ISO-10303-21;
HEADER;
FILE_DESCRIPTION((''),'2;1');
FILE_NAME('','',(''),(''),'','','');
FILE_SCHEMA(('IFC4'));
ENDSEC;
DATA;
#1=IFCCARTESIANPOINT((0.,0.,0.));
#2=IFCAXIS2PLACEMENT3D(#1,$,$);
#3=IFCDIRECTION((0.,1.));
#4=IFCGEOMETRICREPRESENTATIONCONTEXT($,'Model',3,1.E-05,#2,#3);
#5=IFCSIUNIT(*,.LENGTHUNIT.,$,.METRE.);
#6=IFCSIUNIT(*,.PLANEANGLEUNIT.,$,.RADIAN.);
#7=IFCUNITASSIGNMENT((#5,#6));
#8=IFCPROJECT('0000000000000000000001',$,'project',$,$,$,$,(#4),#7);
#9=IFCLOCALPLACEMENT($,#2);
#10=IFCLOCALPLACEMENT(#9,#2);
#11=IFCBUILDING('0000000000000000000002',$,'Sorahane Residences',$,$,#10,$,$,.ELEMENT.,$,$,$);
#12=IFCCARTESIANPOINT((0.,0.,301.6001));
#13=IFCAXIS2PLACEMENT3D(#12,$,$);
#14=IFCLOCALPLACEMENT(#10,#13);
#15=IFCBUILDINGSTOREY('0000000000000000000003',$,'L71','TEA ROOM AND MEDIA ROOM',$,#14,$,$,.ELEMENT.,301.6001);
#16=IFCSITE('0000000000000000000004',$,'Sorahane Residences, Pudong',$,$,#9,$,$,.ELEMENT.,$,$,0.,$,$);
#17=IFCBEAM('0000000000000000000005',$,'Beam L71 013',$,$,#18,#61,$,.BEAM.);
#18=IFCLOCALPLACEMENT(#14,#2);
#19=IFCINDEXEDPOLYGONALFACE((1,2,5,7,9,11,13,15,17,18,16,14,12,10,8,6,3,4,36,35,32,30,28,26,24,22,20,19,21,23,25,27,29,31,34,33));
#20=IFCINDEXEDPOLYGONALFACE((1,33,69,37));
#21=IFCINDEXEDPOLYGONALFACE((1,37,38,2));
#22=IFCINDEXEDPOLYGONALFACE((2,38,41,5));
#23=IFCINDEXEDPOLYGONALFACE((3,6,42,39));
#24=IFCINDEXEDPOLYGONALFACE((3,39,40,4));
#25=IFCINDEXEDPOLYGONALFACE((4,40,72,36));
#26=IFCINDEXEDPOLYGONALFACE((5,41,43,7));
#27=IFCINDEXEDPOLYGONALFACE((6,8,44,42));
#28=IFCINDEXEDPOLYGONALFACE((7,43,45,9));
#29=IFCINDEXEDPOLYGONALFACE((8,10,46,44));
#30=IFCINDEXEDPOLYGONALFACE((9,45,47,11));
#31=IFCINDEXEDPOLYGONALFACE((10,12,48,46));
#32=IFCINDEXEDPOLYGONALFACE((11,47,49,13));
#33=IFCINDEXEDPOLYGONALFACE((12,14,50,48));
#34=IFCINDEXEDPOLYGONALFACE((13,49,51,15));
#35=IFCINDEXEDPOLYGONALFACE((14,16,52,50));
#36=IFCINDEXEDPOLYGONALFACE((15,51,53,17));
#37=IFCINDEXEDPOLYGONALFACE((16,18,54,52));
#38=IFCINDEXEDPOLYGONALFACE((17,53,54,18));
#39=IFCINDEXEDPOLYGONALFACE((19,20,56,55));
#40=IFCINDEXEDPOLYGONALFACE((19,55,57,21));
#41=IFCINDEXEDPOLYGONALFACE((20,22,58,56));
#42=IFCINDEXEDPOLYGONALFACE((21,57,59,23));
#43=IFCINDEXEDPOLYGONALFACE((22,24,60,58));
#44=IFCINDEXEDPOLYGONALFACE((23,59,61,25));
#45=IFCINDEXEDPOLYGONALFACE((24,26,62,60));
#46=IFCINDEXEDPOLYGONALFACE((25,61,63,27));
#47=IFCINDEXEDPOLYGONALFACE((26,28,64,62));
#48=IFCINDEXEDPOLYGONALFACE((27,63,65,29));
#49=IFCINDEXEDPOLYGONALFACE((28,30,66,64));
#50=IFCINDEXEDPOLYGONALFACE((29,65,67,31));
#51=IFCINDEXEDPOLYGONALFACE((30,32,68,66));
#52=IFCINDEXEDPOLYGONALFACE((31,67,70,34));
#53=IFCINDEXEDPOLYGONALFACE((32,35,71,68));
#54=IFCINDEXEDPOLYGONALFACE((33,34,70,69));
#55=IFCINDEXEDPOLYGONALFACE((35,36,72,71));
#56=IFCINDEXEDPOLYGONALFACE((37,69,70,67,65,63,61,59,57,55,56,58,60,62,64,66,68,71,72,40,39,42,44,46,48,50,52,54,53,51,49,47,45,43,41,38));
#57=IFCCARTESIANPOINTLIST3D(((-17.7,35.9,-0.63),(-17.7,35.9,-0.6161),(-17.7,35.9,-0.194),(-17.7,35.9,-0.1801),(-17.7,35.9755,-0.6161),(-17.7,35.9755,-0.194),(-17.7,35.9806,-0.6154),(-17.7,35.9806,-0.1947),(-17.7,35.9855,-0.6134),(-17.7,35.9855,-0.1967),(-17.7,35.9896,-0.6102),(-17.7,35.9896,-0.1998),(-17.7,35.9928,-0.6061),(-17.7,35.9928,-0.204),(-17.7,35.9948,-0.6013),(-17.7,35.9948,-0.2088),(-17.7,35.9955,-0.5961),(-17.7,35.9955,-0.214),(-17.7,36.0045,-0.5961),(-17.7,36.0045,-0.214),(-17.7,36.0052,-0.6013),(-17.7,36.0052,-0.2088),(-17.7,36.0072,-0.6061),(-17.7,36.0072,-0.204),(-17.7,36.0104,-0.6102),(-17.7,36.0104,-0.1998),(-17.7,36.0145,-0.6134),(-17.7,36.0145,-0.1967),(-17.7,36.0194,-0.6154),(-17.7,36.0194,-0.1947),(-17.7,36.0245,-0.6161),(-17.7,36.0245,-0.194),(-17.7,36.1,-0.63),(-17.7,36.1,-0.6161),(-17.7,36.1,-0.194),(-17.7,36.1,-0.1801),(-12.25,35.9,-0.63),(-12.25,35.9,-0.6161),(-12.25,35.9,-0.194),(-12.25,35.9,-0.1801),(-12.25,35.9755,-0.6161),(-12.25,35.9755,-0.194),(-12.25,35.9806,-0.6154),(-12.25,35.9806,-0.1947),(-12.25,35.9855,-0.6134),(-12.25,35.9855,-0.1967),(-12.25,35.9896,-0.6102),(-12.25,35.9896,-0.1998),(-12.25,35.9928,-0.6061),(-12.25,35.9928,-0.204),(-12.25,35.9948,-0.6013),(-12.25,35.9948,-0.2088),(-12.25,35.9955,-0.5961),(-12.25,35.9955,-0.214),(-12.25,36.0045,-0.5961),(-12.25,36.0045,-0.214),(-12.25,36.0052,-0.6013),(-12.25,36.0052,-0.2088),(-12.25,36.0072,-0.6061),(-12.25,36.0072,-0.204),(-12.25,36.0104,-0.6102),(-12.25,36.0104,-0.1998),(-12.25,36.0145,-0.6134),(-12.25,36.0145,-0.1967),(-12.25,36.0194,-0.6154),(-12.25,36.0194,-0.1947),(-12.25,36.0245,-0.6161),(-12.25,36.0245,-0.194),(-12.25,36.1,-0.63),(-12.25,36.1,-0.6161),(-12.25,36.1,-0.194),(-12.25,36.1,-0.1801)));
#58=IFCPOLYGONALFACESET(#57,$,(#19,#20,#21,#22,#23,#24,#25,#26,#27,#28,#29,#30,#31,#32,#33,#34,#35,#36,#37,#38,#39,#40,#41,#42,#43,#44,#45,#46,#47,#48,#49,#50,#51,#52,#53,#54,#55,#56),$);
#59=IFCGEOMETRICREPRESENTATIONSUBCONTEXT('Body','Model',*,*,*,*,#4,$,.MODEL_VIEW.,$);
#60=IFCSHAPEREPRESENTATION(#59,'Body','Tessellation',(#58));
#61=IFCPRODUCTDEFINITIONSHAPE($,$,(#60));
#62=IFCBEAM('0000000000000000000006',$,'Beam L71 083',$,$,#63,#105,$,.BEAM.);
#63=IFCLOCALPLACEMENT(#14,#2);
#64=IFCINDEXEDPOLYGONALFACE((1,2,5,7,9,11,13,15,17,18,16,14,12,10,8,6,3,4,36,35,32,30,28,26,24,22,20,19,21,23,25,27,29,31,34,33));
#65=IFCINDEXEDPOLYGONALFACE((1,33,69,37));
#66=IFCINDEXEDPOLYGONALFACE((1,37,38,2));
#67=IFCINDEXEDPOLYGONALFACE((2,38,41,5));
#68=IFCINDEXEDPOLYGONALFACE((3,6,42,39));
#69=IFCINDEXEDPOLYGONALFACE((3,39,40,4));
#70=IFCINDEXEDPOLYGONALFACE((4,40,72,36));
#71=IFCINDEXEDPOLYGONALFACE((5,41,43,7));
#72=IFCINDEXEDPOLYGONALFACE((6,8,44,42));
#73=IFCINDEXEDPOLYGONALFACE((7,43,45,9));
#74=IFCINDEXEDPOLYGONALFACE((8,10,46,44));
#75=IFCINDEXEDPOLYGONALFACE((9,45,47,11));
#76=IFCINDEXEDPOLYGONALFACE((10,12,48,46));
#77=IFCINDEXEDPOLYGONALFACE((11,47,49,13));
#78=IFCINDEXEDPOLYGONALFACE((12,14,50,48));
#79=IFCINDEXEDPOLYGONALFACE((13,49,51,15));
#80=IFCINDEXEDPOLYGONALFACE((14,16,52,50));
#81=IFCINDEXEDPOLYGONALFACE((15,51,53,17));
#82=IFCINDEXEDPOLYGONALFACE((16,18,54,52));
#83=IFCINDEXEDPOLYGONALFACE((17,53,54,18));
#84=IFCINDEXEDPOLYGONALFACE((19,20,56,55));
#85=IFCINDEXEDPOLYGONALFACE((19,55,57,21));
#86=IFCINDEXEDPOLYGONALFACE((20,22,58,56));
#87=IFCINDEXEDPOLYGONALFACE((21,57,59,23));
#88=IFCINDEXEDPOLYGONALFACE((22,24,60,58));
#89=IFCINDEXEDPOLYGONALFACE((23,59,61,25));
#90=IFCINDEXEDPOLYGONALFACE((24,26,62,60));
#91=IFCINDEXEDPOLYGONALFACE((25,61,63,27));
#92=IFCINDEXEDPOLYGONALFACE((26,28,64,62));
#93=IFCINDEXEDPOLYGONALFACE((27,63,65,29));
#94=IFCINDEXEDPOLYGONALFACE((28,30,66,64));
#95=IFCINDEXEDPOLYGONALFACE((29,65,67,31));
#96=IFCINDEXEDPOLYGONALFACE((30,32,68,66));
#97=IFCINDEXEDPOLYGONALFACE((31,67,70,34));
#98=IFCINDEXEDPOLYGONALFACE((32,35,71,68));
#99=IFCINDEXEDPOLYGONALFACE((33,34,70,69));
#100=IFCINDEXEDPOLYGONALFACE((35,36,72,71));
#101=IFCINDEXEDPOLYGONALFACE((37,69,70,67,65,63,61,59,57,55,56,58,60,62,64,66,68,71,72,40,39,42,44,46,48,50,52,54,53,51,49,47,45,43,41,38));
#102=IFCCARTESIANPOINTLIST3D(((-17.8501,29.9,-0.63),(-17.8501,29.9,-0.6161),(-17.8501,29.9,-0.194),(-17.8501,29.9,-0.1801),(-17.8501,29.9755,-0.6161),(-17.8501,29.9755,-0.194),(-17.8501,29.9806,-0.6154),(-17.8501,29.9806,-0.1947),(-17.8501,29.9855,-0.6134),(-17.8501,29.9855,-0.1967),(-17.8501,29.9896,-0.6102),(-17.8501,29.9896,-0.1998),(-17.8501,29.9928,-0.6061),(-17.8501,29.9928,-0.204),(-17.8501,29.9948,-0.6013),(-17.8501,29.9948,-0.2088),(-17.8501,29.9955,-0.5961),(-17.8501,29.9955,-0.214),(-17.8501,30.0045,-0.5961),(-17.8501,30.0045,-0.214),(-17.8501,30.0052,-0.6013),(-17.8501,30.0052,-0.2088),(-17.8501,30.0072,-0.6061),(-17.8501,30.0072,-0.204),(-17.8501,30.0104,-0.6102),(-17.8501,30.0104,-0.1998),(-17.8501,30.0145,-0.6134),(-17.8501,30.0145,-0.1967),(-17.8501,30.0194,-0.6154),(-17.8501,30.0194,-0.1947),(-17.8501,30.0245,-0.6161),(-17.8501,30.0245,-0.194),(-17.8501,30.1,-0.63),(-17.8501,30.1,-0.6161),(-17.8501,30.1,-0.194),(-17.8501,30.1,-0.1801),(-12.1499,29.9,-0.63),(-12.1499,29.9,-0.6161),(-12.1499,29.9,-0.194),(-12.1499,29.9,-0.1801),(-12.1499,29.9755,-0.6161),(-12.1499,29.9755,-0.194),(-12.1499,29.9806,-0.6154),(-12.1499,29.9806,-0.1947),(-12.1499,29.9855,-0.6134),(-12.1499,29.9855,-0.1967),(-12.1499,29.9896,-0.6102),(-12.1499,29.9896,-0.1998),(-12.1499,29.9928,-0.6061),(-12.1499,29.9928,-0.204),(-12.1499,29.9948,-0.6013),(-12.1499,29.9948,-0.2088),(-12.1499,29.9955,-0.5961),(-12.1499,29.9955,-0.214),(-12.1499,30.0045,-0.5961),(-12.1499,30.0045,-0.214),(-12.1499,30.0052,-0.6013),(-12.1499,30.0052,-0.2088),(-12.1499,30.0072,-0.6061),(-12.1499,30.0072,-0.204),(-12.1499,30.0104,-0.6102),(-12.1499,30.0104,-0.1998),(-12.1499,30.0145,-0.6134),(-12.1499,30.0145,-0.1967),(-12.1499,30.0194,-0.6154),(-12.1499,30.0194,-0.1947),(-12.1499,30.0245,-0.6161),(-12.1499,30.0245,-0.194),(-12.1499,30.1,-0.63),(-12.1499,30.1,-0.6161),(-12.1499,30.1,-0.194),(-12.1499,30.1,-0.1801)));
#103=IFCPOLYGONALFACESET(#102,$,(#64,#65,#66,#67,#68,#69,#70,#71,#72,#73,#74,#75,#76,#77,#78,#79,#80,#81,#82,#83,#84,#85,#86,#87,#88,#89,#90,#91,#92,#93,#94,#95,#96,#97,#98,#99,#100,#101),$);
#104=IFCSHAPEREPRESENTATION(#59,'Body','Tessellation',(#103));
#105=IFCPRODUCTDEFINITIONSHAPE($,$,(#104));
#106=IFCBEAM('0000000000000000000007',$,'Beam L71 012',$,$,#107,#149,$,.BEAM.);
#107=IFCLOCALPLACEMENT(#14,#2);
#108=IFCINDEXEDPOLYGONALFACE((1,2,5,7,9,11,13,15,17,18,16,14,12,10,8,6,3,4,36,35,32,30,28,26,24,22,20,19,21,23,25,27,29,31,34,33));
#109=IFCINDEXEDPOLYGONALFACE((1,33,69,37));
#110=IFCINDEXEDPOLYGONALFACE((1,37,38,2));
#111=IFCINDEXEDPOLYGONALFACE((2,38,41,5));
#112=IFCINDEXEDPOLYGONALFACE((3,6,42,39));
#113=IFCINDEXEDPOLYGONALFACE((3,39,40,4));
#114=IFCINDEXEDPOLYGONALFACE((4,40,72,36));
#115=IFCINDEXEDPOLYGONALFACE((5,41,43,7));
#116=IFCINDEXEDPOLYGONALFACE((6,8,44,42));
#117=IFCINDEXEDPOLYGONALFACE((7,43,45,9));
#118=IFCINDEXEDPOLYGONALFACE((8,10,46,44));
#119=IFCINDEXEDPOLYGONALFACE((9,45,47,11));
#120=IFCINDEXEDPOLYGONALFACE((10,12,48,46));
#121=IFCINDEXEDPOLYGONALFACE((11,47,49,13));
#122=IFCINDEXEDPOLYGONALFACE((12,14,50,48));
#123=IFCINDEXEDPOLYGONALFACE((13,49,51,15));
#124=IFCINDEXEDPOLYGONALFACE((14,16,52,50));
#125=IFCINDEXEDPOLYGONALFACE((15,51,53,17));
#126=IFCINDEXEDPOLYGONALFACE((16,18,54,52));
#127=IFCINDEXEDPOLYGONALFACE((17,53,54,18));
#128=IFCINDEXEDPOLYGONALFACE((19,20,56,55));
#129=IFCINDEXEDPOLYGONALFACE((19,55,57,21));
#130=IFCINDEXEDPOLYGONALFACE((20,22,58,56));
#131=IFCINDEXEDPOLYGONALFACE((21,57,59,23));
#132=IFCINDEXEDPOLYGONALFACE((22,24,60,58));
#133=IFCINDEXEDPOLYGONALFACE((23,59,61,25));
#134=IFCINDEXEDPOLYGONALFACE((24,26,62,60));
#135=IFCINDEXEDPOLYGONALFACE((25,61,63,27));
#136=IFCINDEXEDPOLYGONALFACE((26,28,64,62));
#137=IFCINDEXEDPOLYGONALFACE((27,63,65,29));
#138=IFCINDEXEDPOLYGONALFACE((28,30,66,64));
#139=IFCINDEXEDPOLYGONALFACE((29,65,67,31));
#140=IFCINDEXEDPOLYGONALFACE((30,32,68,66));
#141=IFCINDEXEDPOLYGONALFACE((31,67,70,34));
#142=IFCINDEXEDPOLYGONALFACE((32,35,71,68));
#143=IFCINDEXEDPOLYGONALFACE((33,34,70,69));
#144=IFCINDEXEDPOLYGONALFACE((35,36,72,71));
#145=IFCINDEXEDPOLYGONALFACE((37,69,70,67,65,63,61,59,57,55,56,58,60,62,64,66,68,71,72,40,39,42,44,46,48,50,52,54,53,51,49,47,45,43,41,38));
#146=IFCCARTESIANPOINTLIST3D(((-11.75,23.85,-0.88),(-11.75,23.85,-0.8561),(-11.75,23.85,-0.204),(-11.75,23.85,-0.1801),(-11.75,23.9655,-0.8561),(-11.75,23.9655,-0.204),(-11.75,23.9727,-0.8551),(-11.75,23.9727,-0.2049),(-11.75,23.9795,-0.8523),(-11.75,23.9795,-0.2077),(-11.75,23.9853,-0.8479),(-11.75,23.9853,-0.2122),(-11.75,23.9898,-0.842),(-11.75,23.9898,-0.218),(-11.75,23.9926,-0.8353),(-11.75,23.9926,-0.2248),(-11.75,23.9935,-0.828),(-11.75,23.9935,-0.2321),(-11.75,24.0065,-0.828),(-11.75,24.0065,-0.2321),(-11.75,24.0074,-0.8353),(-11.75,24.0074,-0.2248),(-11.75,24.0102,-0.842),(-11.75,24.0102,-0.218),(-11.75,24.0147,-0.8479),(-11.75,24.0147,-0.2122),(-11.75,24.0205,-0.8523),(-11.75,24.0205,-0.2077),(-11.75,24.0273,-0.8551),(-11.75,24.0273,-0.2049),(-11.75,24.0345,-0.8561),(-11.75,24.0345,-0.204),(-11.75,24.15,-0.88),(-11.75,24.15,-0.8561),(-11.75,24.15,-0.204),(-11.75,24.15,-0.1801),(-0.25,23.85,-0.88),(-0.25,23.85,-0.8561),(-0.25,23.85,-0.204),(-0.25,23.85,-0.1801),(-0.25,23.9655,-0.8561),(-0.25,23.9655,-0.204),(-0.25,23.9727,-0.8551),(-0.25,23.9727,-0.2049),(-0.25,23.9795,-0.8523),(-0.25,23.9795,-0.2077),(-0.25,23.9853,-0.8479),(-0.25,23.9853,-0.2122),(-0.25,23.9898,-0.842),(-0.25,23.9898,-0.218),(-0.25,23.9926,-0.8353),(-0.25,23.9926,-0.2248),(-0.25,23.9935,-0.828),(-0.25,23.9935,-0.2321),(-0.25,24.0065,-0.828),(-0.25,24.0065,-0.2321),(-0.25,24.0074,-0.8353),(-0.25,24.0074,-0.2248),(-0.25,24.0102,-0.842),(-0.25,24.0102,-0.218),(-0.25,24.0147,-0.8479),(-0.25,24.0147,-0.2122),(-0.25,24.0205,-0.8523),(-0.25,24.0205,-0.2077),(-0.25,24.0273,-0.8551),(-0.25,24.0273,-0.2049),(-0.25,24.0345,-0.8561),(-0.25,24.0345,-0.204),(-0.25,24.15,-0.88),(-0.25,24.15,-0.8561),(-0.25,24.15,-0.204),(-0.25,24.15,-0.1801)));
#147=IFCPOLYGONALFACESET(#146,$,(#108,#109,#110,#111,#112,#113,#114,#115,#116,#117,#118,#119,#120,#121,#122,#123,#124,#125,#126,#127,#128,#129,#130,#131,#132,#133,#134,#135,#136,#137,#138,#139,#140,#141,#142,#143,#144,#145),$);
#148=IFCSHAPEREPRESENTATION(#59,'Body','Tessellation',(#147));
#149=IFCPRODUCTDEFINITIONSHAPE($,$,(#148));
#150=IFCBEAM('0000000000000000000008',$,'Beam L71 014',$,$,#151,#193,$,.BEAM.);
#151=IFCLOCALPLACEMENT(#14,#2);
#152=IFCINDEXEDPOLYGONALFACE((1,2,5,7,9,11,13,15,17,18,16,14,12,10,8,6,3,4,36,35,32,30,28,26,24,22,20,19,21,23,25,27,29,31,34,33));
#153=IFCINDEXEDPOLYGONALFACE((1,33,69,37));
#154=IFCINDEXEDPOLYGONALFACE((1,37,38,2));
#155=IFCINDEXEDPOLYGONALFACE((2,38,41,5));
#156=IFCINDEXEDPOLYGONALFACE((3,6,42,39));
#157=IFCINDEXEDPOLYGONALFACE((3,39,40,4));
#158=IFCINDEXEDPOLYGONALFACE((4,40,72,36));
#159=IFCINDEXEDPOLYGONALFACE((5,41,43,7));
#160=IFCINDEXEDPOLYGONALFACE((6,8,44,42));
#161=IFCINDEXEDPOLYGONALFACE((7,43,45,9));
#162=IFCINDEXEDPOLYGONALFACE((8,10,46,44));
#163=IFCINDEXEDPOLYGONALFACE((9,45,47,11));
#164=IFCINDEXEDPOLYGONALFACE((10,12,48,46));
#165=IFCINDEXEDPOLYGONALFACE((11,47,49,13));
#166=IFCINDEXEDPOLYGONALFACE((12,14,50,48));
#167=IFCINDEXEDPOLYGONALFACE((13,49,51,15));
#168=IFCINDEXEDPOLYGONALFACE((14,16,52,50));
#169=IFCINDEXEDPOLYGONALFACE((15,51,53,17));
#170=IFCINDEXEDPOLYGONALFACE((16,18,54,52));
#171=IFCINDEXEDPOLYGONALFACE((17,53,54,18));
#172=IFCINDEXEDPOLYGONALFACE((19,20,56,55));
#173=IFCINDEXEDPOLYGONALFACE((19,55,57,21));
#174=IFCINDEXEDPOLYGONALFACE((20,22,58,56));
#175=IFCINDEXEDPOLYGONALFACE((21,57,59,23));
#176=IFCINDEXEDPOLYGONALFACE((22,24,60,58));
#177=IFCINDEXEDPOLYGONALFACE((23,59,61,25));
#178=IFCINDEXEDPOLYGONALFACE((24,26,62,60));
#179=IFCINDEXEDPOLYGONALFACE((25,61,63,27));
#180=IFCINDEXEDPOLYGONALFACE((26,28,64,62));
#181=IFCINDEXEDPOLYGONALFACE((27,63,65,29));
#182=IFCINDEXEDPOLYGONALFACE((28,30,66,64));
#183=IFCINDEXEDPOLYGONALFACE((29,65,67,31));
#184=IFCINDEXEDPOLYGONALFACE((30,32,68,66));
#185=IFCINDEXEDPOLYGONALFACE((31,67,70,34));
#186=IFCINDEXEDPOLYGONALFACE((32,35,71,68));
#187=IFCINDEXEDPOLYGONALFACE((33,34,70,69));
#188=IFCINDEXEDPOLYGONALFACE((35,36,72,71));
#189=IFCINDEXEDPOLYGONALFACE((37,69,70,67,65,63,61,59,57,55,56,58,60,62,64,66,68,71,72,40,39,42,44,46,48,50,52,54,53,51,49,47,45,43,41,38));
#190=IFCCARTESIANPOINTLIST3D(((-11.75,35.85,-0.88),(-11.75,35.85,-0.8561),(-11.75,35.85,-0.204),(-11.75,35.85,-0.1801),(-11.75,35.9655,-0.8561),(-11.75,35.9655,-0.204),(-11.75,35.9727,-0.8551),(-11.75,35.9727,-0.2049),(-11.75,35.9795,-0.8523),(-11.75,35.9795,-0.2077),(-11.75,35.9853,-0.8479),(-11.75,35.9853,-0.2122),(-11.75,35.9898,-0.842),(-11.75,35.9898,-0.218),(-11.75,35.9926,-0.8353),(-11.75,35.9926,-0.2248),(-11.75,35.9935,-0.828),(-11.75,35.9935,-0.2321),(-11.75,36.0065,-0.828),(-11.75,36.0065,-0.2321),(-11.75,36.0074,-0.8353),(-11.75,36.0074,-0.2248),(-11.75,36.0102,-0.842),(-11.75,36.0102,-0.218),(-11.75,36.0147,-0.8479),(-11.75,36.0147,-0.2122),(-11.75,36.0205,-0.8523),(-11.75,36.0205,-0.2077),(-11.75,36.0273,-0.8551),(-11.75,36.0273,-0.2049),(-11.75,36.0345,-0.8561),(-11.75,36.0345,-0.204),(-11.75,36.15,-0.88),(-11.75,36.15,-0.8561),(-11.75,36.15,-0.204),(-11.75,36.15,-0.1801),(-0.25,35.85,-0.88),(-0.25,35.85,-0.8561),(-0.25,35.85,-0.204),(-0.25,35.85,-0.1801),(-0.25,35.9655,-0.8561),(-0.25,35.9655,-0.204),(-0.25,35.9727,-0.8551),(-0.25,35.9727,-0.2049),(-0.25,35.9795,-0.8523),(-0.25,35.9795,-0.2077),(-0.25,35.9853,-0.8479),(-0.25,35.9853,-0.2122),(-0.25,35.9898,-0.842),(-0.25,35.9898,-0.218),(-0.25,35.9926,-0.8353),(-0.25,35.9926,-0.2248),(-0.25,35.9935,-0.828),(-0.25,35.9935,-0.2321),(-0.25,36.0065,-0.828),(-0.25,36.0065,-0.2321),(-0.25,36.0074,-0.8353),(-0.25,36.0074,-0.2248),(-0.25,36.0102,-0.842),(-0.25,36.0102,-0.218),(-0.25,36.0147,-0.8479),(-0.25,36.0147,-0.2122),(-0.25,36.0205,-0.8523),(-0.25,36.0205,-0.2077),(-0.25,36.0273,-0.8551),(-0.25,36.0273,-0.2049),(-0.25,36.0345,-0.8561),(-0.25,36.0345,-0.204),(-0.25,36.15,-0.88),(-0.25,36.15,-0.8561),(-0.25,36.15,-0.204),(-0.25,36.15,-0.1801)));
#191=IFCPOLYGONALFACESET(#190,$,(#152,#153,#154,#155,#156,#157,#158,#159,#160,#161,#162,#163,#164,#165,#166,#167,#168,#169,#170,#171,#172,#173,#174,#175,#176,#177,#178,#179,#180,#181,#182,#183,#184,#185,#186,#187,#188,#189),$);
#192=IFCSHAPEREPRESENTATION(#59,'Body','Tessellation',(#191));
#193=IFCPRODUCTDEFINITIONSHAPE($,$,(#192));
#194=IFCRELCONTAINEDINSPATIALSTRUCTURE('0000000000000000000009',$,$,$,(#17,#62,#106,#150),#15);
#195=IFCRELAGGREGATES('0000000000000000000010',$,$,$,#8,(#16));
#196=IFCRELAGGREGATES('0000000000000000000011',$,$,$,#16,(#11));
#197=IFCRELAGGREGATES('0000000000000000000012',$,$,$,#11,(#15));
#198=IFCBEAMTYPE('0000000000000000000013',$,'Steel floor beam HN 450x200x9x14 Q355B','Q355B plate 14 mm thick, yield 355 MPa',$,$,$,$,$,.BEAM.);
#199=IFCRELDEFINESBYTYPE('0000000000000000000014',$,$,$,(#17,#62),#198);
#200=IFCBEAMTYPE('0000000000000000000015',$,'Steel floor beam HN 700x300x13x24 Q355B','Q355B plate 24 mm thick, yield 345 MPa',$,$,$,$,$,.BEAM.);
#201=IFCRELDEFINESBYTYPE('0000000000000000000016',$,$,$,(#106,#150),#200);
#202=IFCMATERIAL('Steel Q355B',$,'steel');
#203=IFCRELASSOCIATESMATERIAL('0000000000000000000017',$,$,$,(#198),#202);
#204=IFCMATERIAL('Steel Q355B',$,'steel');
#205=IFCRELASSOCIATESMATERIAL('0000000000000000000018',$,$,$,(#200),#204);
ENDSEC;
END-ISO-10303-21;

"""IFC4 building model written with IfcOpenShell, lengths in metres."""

from ifc_helpers import new_model, si_unit, direction, frame, origin, origin_2d, place, context, subcontext, project, spatial, i_section, extrude, material, material_profile, profile_set, type_object, element, save


model = new_model("IFC4")

# Units and contexts
model_context = context("Model", 3, precision=1e-05, world=origin(), true_north=direction((0.0, 1.0)))
body_context = subcontext(model_context, "Body", "Model", "MODEL_VIEW")
ifc_project = project(units=[si_unit("LENGTHUNIT", "METRE"), si_unit("PLANEANGLEUNIT", "RADIAN")], contexts=[model_context])

# Site, building, storey
site_placement = place(None, origin())
site = spatial("IfcSite", under=ifc_project, at=site_placement, Name="Sorahane Residences, Pudong", CompositionType="ELEMENT", RefElevation=0.0)
building_placement = place(site_placement, origin())
building = spatial("IfcBuilding", under=site, at=building_placement, Name="Sorahane Residences", CompositionType="ELEMENT")
storey_placement = place(building_placement, frame((0.0, 0.0, 301.6001)))
storey = spatial("IfcBuildingStorey", under=building, at=storey_placement, Name="L71", Description="TEA ROOM AND MEDIA ROOM", CompositionType="ELEMENT", Elevation=301.6001)

# Beams
ifc_material_1 = material(Name="Steel Q355B", Category="steel")
ifc_material_profile_1 = material_profile(ifc_material_1, i_section(OverallWidth=0.2, OverallDepth=0.45, WebThickness=0.009, FlangeThickness=0.0139, FilletRadius=0.02, at=origin_2d()), Name="HN 450x200x9x14")
ifc_profile_set_1 = profile_set([ifc_material_profile_1], Name="Steel Q355B")
beam_type_1 = type_object("IfcBeamType", Name="Steel floor beam HN 450x200x9x14 Q355B", Description="Q355B plate 14 mm thick, yield 355 MPa", PredefinedType="BEAM", material=ifc_profile_set_1)
for number, where, z_axis, x_axis, name in (
    (1, (-17.7, 36.0, -0.405), (1.0, 0.0, 0.0), (0.0, 1.0, 0.0), "Beam L71 013"),
):
    element("IfcBeam", number, at=place(storey_placement, frame(where, z_axis=z_axis, x_axis=x_axis)), inside=storey, type_object=beam_type_1, Name=name, PredefinedType="BEAM", context=body_context, shape_type="SweptSolid", body=[
        extrude(i_section(OverallWidth=0.2, OverallDepth=0.45, WebThickness=0.009, FlangeThickness=0.0139, FilletRadius=0.02, at=origin_2d()), origin(), (0.0, 0.0, 1.0), 5.45),
    ])
beam_1_placement = place(storey_placement, frame((-17.8501, 30.0, -0.405), z_axis=(1.0, 0.0, 0.0), x_axis=(0.0, 1.0, 0.0)))
element("IfcBeam", 2, at=beam_1_placement, inside=storey, type_object=beam_type_1, Name="Beam L71 083", PredefinedType="BEAM", context=body_context, shape_type="SweptSolid", body=[
    extrude(i_section(OverallWidth=0.2, OverallDepth=0.45, WebThickness=0.009, FlangeThickness=0.0139, FilletRadius=0.02, at=origin_2d()), origin(), (0.0, 0.0, 1.0), 5.7002),
])
ifc_material_2 = material(Name="Steel Q355B", Category="steel")
ifc_material_profile_2 = material_profile(ifc_material_2, i_section(OverallWidth=0.3, OverallDepth=0.7, WebThickness=0.0129, FlangeThickness=0.0239, FilletRadius=0.0281, at=origin_2d()), Name="HN 700x300x13x24")
ifc_profile_set_2 = profile_set([ifc_material_profile_2], Name="Steel Q355B")
beam_type_2 = type_object("IfcBeamType", Name="Steel floor beam HN 700x300x13x24 Q355B", Description="Q355B plate 24 mm thick, yield 345 MPa", PredefinedType="BEAM", material=ifc_profile_set_2)
for number, where, z_axis, x_axis, name in (
    (3, (-11.75, 24.0, -0.53), (1.0, 0.0, 0.0), (0.0, 1.0, 0.0), "Beam L71 012"),
    (4, (-11.75, 36.0, -0.53), (1.0, 0.0, 0.0), (0.0, 1.0, 0.0), "Beam L71 014"),
):
    element("IfcBeam", number, at=place(storey_placement, frame(where, z_axis=z_axis, x_axis=x_axis)), inside=storey, type_object=beam_type_2, Name=name, PredefinedType="BEAM", context=body_context, shape_type="SweptSolid", body=[
        extrude(i_section(OverallWidth=0.3, OverallDepth=0.7, WebThickness=0.0129, FlangeThickness=0.0239, FilletRadius=0.0281, at=origin_2d()), origin(), (0.0, 0.0, 1.0), 11.5),
    ])

save(model, "model.ifc")
